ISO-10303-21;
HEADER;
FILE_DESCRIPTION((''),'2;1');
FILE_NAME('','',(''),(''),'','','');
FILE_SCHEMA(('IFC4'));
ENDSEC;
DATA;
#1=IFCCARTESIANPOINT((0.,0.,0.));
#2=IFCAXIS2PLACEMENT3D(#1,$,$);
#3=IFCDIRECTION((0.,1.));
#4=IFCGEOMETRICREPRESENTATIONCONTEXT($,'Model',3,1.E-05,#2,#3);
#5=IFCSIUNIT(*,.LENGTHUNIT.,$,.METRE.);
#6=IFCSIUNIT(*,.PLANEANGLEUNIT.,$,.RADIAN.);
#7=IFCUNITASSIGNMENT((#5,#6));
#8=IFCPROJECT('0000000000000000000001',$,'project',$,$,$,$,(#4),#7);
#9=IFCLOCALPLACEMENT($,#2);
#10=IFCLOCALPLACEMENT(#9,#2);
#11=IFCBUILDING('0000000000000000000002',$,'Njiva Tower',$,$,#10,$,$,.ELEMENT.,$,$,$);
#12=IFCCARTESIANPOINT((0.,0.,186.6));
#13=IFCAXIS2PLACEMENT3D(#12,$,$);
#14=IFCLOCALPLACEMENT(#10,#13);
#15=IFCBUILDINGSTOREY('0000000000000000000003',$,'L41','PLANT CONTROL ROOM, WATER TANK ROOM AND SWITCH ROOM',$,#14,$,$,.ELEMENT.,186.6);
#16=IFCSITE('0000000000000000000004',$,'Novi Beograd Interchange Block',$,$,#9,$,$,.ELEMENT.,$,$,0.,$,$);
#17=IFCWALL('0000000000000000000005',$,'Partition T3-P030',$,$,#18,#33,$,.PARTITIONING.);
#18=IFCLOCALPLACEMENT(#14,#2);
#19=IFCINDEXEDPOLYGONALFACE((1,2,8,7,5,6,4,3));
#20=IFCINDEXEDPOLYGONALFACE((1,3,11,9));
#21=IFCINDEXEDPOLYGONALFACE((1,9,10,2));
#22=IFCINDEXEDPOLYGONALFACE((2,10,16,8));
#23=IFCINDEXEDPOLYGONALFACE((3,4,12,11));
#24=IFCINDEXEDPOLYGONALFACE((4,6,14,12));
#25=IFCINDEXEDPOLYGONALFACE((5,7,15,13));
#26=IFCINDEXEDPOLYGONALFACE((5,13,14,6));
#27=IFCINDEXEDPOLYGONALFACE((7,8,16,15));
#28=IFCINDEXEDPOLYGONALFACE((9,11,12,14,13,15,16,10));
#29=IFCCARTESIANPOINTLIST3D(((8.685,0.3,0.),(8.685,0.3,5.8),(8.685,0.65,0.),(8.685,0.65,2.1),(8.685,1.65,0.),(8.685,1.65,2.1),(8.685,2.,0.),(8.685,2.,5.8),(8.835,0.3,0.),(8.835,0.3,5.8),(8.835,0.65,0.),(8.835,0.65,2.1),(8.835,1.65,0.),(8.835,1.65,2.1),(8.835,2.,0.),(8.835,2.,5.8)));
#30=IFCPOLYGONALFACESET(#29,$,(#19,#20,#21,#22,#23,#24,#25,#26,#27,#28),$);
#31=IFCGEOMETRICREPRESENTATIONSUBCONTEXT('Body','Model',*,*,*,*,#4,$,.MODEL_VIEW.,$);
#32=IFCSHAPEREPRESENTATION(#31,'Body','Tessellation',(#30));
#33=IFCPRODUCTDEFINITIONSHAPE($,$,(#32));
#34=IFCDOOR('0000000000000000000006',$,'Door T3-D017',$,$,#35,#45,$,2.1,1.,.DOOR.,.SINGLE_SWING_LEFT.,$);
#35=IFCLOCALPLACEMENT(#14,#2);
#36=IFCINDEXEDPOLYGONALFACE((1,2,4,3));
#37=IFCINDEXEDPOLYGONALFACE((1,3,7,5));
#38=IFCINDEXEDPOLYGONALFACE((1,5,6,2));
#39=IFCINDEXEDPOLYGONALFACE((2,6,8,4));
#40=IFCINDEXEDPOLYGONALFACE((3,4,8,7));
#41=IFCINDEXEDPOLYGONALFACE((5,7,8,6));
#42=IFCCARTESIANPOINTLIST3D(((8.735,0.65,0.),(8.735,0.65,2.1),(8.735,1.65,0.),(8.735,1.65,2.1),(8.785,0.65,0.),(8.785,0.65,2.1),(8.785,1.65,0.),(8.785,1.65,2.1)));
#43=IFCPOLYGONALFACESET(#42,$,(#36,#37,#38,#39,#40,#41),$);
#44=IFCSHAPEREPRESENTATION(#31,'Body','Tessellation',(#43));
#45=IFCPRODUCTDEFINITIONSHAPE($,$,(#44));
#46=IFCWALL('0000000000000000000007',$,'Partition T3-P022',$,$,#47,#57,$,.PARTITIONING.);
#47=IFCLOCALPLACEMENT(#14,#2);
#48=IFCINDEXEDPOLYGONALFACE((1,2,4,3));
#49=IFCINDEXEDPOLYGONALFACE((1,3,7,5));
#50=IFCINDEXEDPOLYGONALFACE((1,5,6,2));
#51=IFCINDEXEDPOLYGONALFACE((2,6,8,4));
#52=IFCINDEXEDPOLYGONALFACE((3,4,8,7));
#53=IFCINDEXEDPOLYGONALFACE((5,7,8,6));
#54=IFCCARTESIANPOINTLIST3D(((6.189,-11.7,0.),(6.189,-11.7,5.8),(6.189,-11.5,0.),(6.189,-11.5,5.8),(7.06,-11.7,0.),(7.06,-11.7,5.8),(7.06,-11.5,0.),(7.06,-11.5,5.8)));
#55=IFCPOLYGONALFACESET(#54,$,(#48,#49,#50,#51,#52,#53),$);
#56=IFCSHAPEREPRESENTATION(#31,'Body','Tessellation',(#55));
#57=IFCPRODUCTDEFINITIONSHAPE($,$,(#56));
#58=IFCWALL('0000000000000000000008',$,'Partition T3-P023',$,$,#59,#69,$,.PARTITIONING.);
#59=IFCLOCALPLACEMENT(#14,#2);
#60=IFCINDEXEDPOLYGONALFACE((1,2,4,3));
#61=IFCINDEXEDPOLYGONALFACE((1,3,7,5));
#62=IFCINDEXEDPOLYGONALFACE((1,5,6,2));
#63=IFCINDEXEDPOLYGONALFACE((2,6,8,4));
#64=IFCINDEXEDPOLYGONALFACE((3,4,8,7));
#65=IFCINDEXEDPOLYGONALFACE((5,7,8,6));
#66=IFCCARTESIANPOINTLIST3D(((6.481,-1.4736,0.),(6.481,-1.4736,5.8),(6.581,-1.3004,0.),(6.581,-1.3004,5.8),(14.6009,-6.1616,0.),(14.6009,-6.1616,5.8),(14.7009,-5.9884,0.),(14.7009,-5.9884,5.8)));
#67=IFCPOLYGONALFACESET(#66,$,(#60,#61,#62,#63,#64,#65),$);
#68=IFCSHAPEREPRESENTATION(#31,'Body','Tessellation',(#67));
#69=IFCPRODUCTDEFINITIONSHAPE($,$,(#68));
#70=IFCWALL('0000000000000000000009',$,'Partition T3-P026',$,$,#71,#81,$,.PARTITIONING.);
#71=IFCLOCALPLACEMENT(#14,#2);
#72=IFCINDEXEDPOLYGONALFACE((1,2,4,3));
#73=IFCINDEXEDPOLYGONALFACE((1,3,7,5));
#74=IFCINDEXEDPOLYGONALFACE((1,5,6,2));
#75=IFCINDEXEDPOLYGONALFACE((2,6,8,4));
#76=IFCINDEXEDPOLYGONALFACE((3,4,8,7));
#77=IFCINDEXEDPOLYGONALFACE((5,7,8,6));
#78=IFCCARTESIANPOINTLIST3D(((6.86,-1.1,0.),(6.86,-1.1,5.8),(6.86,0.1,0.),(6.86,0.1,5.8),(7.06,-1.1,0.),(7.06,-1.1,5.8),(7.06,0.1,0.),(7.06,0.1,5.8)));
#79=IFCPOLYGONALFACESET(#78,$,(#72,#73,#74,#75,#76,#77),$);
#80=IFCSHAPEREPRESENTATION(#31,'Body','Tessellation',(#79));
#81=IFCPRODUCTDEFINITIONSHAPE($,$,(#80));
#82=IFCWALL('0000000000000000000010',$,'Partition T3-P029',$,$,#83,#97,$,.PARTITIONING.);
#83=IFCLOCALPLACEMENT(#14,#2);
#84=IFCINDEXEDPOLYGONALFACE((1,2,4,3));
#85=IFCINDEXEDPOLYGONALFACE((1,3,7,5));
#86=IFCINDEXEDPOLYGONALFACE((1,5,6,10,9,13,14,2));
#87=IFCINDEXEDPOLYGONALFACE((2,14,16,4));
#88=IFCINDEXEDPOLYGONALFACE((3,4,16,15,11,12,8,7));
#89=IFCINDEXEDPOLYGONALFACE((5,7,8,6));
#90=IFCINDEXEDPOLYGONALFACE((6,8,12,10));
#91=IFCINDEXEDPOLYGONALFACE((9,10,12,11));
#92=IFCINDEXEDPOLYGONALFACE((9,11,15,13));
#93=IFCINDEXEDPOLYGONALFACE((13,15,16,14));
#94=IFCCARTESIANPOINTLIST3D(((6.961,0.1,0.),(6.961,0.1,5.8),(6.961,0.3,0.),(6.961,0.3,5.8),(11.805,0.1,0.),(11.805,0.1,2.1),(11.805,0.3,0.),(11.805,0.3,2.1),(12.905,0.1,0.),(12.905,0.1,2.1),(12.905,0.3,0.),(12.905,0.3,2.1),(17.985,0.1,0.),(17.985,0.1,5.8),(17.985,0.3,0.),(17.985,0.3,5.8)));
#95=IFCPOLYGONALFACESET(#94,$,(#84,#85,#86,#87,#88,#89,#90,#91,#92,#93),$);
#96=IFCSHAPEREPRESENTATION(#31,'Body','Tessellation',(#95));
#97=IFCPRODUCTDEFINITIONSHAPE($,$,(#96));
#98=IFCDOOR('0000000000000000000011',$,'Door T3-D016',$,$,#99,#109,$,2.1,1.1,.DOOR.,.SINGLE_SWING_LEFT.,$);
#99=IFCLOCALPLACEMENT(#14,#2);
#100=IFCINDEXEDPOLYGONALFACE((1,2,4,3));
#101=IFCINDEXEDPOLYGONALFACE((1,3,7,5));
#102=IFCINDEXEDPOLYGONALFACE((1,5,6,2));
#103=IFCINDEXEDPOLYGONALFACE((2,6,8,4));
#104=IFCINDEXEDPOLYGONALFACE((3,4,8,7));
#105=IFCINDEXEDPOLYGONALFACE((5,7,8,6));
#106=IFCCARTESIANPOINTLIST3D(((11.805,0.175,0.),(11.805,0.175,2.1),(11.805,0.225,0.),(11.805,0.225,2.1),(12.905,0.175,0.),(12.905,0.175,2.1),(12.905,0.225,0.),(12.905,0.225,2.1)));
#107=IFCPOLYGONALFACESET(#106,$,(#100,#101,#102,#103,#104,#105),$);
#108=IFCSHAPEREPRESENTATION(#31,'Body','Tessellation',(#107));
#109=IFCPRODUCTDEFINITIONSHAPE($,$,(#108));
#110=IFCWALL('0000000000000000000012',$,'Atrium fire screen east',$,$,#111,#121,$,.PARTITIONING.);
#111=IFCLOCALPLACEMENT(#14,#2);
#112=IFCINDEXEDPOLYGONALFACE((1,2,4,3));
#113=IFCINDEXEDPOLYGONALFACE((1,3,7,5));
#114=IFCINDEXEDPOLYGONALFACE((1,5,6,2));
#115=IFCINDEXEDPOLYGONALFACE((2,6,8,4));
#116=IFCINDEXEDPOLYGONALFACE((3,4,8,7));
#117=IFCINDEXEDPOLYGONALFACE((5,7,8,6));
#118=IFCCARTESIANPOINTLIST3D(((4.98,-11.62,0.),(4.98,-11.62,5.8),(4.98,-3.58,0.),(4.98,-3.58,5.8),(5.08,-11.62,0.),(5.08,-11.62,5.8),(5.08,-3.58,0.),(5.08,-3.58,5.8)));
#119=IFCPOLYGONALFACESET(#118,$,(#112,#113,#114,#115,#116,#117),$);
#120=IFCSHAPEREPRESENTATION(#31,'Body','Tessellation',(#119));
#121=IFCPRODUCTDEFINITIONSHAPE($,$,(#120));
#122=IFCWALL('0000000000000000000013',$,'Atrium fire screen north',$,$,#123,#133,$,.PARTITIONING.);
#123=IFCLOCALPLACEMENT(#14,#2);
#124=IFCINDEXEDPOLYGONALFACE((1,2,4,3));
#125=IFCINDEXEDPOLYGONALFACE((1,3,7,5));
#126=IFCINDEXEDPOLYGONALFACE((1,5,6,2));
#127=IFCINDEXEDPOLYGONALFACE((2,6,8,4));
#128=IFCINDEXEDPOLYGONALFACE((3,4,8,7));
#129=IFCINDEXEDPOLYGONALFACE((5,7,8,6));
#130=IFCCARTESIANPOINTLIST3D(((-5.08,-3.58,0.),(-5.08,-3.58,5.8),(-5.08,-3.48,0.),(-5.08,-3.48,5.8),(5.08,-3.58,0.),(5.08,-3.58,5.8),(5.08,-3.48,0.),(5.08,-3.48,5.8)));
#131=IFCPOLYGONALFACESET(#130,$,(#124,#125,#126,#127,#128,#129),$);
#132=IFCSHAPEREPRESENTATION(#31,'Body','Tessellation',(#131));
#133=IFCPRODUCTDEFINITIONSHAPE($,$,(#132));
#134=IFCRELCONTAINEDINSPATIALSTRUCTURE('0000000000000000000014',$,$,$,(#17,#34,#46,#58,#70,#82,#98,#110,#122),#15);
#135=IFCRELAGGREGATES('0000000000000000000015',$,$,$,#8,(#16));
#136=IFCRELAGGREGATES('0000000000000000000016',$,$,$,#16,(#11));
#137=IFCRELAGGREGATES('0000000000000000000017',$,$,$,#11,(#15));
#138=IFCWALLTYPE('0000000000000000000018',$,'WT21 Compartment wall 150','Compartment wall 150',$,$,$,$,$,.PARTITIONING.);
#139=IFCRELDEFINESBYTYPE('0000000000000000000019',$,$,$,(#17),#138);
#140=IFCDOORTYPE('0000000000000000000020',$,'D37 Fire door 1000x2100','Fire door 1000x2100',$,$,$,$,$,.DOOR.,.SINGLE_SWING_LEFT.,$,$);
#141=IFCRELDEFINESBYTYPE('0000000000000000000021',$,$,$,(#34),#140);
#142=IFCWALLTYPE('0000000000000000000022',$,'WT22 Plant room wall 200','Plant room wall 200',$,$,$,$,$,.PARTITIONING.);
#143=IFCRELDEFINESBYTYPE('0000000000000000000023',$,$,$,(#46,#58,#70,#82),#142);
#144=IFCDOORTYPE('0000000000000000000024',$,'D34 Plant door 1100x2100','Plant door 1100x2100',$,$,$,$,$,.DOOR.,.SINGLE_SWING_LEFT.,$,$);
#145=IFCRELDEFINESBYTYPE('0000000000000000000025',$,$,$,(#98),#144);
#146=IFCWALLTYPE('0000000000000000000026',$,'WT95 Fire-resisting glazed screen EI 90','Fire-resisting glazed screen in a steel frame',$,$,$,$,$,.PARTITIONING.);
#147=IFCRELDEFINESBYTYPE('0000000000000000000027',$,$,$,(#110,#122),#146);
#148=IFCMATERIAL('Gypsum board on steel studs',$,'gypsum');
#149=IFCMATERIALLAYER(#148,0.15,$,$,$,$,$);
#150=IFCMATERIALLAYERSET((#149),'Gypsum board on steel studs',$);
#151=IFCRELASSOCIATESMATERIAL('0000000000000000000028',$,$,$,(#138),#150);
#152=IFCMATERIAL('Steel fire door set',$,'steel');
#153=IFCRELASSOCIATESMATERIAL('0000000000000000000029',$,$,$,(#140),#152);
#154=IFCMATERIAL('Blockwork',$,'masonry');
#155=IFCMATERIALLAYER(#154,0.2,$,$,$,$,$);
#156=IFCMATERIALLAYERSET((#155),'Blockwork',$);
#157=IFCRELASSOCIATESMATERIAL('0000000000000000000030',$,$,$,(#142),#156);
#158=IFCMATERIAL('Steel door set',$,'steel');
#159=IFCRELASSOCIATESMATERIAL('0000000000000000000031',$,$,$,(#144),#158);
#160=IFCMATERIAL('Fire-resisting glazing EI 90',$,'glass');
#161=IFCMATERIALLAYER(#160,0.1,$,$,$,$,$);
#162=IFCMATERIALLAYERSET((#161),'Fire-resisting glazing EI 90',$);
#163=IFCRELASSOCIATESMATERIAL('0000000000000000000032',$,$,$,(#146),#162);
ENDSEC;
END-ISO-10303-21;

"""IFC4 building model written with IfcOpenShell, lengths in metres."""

from ifc_helpers import new_model, si_unit, direction, frame, frame_2d, origin, place, context, subcontext, project, spatial, rectangle, extrude, material, layer, layer_set, type_object, element, fill, save


model = new_model("IFC4")

# Units and contexts
model_context = context("Model", 3, precision=1e-05, world=origin(), true_north=direction((0.0, 1.0)))
body_context = subcontext(model_context, "Body", "Model", "MODEL_VIEW")
ifc_project = project(units=[si_unit("LENGTHUNIT", "METRE"), si_unit("PLANEANGLEUNIT", "RADIAN")], contexts=[model_context])

# Site, building, storey
site_placement = place(None, origin())
site = spatial("IfcSite", under=ifc_project, at=site_placement, Name="Novi Beograd Interchange Block", CompositionType="ELEMENT", RefElevation=0.0)
building_placement = place(site_placement, origin())
building = spatial("IfcBuilding", under=site, at=building_placement, Name="Njiva Tower", CompositionType="ELEMENT")
storey_placement = place(building_placement, frame((0.0, 0.0, 186.6)))
storey = spatial("IfcBuildingStorey", under=building, at=storey_placement, Name="L41", Description="PLANT CONTROL ROOM, WATER TANK ROOM AND SWITCH ROOM", CompositionType="ELEMENT", Elevation=186.6)

# Wall, opening, door
ifc_material_1 = material(Name="Gypsum board on steel studs", Category="gypsum")
ifc_layer_1 = layer(ifc_material_1, 0.15)
ifc_layer_set_1 = layer_set([ifc_layer_1], Name="Gypsum board on steel studs")
wall_type_1 = type_object("IfcWallType", Name="WT21 Compartment wall 150", Description="Compartment wall 150", PredefinedType="PARTITIONING", material=ifc_layer_set_1)
ifc_material_2 = material(Name="Steel fire door set", Category="steel")
door_type_1 = type_object("IfcDoorType", Name="D37 Fire door 1000x2100", Description="Fire door 1000x2100", OperationType="SINGLE_SWING_LEFT", PredefinedType="DOOR", material=ifc_material_2)
wall_1_placement = place(storey_placement, frame((8.76, 0.3, 0.0), z_axis=(0.0, 0.0, 1.0), x_axis=(0.0, 1.0, 0.0)))
wall_1 = element("IfcWall", 1, at=wall_1_placement, inside=storey, type_object=wall_type_1, Name="Partition T3-P030", PredefinedType="PARTITIONING", context=body_context, shape_type="SweptSolid", body=[
    extrude(rectangle(XDim=1.7, YDim=0.15, at=frame_2d((0.85, 0.0))), origin(), (0.0, 0.0, 1.0), 5.8),
])
opening_1_placement = place(wall_1_placement, frame((0.35, 0.0, 0.0)))
opening_1 = element("IfcOpeningElement", 2, at=opening_1_placement, cuts=wall_1, PredefinedType="OPENING", context=body_context, shape_type="SweptSolid", body=[
    extrude(rectangle(XDim=1.0, YDim=2.1, at=frame_2d((0.5, 1.05))), frame((0.0, 0.085, 0.0), z_axis=(0.0, -1.0, 0.0), x_axis=(1.0, 0.0, 0.0)), (0.0, 0.0, 1.0), 0.17),
])
door_1_placement = place(opening_1_placement, origin())
door_1 = element("IfcDoor", 3, at=door_1_placement, inside=storey, type_object=door_type_1, Name="Door T3-D017", OperationType="SINGLE_SWING_LEFT", OverallHeight=2.1, OverallWidth=1.0, PredefinedType="DOOR", context=body_context, shape_type="SweptSolid", body=[
    extrude(rectangle(XDim=1.0, YDim=2.1, at=frame_2d((0.5, 1.05))), frame((0.0, 0.025, 0.0), z_axis=(0.0, -1.0, 0.0), x_axis=(1.0, 0.0, 0.0)), (0.0, 0.0, 1.0), 0.05),
])
fill(opening_1, door_1)

# Walls
ifc_material_3 = material(Name="Blockwork", Category="masonry")
ifc_layer_2 = layer(ifc_material_3, 0.2)
ifc_layer_set_2 = layer_set([ifc_layer_2], Name="Blockwork")
wall_type_2 = type_object("IfcWallType", Name="WT22 Plant room wall 200", Description="Plant room wall 200", PredefinedType="PARTITIONING", material=ifc_layer_set_2)
wall_2_placement = place(storey_placement, frame((6.189, -11.6, 0.0), z_axis=(0.0, 0.0, 1.0), x_axis=(1.0, 0.0, 0.0)))
element("IfcWall", 4, at=wall_2_placement, inside=storey, type_object=wall_type_2, Name="Partition T3-P022", PredefinedType="PARTITIONING", context=body_context, shape_type="SweptSolid", body=[
    extrude(rectangle(XDim=0.871, YDim=0.2, at=frame_2d((0.4355, 0.0))), origin(), (0.0, 0.0, 1.0), 5.8),
])
wall_3_placement = place(storey_placement, frame((6.531, -1.387, 0.0), z_axis=(0.0, 0.0, 1.0), x_axis=(0.866029, -0.499993, 0.0)))
element("IfcWall", 5, at=wall_3_placement, inside=storey, type_object=wall_type_2, Name="Partition T3-P023", PredefinedType="PARTITIONING", context=body_context, shape_type="SweptSolid", body=[
    extrude(rectangle(XDim=9.3761, YDim=0.2, at=frame_2d((4.688, 0.0))), origin(), (0.0, 0.0, 1.0), 5.8),
])
wall_4_placement = place(storey_placement, frame((6.96, -1.1, 0.0), z_axis=(0.0, 0.0, 1.0), x_axis=(0.0, 1.0, 0.0)))
element("IfcWall", 6, at=wall_4_placement, inside=storey, type_object=wall_type_2, Name="Partition T3-P026", PredefinedType="PARTITIONING", context=body_context, shape_type="SweptSolid", body=[
    extrude(rectangle(XDim=1.2, YDim=0.2, at=frame_2d((0.6, 0.0))), origin(), (0.0, 0.0, 1.0), 5.8),
])

# Wall, opening, door
wall_5_placement = place(storey_placement, frame((6.961, 0.2, 0.0), z_axis=(0.0, 0.0, 1.0), x_axis=(1.0, 0.0, 0.0)))
wall_5 = element("IfcWall", 7, at=wall_5_placement, inside=storey, type_object=wall_type_2, Name="Partition T3-P029", PredefinedType="PARTITIONING", context=body_context, shape_type="SweptSolid", body=[
    extrude(rectangle(XDim=11.024, YDim=0.2, at=frame_2d((5.512, 0.0))), origin(), (0.0, 0.0, 1.0), 5.8),
])
opening_2_placement = place(wall_5_placement, frame((4.844, 0.0, 0.0)))
opening_2 = element("IfcOpeningElement", 8, at=opening_2_placement, cuts=wall_5, PredefinedType="OPENING", context=body_context, shape_type="SweptSolid", body=[
    extrude(rectangle(XDim=1.1, YDim=2.1, at=frame_2d((0.55, 1.05))), frame((0.0, 0.11, 0.0), z_axis=(0.0, -1.0, 0.0), x_axis=(1.0, 0.0, 0.0)), (0.0, 0.0, 1.0), 0.22),
])
ifc_material_4 = material(Name="Steel door set", Category="steel")
door_type_2 = type_object("IfcDoorType", Name="D34 Plant door 1100x2100", Description="Plant door 1100x2100", OperationType="SINGLE_SWING_LEFT", PredefinedType="DOOR", material=ifc_material_4)
door_2_placement = place(opening_2_placement, origin())
door_2 = element("IfcDoor", 9, at=door_2_placement, inside=storey, type_object=door_type_2, Name="Door T3-D016", OperationType="SINGLE_SWING_LEFT", OverallHeight=2.1, OverallWidth=1.1, PredefinedType="DOOR", context=body_context, shape_type="SweptSolid", body=[
    extrude(rectangle(XDim=1.1, YDim=2.1, at=frame_2d((0.55, 1.05))), frame((0.0, 0.025, 0.0), z_axis=(0.0, -1.0, 0.0), x_axis=(1.0, 0.0, 0.0)), (0.0, 0.0, 1.0), 0.05),
])
fill(opening_2, door_2)

# Walls
ifc_material_5 = material(Name="Fire-resisting glazing EI 90", Category="glass")
ifc_layer_3 = layer(ifc_material_5, 0.1)
ifc_layer_set_3 = layer_set([ifc_layer_3], Name="Fire-resisting glazing EI 90")
wall_type_3 = type_object("IfcWallType", Name="WT95 Fire-resisting glazed screen EI 90", Description="Fire-resisting glazed screen in a steel frame", PredefinedType="PARTITIONING", material=ifc_layer_set_3)
wall_6_placement = place(storey_placement, frame((5.03, -11.62, 0.0), z_axis=(0.0, 0.0, 1.0), x_axis=(0.0, 1.0, 0.0)))
element("IfcWall", 10, at=wall_6_placement, inside=storey, type_object=wall_type_3, Name="Atrium fire screen east", PredefinedType="PARTITIONING", context=body_context, shape_type="SweptSolid", body=[
    extrude(rectangle(XDim=8.04, YDim=0.1, at=frame_2d((4.02, 0.0))), origin(), (0.0, 0.0, 1.0), 5.8),
])
wall_7_placement = place(storey_placement, frame((5.08, -3.53, 0.0), z_axis=(0.0, 0.0, 1.0), x_axis=(-1.0, 0.0, 0.0)))
element("IfcWall", 11, at=wall_7_placement, inside=storey, type_object=wall_type_3, Name="Atrium fire screen north", PredefinedType="PARTITIONING", context=body_context, shape_type="SweptSolid", body=[
    extrude(rectangle(XDim=10.16, YDim=0.1, at=frame_2d((5.08, 0.0))), origin(), (0.0, 0.0, 1.0), 5.8),
])

save(model, "model.ifc")
